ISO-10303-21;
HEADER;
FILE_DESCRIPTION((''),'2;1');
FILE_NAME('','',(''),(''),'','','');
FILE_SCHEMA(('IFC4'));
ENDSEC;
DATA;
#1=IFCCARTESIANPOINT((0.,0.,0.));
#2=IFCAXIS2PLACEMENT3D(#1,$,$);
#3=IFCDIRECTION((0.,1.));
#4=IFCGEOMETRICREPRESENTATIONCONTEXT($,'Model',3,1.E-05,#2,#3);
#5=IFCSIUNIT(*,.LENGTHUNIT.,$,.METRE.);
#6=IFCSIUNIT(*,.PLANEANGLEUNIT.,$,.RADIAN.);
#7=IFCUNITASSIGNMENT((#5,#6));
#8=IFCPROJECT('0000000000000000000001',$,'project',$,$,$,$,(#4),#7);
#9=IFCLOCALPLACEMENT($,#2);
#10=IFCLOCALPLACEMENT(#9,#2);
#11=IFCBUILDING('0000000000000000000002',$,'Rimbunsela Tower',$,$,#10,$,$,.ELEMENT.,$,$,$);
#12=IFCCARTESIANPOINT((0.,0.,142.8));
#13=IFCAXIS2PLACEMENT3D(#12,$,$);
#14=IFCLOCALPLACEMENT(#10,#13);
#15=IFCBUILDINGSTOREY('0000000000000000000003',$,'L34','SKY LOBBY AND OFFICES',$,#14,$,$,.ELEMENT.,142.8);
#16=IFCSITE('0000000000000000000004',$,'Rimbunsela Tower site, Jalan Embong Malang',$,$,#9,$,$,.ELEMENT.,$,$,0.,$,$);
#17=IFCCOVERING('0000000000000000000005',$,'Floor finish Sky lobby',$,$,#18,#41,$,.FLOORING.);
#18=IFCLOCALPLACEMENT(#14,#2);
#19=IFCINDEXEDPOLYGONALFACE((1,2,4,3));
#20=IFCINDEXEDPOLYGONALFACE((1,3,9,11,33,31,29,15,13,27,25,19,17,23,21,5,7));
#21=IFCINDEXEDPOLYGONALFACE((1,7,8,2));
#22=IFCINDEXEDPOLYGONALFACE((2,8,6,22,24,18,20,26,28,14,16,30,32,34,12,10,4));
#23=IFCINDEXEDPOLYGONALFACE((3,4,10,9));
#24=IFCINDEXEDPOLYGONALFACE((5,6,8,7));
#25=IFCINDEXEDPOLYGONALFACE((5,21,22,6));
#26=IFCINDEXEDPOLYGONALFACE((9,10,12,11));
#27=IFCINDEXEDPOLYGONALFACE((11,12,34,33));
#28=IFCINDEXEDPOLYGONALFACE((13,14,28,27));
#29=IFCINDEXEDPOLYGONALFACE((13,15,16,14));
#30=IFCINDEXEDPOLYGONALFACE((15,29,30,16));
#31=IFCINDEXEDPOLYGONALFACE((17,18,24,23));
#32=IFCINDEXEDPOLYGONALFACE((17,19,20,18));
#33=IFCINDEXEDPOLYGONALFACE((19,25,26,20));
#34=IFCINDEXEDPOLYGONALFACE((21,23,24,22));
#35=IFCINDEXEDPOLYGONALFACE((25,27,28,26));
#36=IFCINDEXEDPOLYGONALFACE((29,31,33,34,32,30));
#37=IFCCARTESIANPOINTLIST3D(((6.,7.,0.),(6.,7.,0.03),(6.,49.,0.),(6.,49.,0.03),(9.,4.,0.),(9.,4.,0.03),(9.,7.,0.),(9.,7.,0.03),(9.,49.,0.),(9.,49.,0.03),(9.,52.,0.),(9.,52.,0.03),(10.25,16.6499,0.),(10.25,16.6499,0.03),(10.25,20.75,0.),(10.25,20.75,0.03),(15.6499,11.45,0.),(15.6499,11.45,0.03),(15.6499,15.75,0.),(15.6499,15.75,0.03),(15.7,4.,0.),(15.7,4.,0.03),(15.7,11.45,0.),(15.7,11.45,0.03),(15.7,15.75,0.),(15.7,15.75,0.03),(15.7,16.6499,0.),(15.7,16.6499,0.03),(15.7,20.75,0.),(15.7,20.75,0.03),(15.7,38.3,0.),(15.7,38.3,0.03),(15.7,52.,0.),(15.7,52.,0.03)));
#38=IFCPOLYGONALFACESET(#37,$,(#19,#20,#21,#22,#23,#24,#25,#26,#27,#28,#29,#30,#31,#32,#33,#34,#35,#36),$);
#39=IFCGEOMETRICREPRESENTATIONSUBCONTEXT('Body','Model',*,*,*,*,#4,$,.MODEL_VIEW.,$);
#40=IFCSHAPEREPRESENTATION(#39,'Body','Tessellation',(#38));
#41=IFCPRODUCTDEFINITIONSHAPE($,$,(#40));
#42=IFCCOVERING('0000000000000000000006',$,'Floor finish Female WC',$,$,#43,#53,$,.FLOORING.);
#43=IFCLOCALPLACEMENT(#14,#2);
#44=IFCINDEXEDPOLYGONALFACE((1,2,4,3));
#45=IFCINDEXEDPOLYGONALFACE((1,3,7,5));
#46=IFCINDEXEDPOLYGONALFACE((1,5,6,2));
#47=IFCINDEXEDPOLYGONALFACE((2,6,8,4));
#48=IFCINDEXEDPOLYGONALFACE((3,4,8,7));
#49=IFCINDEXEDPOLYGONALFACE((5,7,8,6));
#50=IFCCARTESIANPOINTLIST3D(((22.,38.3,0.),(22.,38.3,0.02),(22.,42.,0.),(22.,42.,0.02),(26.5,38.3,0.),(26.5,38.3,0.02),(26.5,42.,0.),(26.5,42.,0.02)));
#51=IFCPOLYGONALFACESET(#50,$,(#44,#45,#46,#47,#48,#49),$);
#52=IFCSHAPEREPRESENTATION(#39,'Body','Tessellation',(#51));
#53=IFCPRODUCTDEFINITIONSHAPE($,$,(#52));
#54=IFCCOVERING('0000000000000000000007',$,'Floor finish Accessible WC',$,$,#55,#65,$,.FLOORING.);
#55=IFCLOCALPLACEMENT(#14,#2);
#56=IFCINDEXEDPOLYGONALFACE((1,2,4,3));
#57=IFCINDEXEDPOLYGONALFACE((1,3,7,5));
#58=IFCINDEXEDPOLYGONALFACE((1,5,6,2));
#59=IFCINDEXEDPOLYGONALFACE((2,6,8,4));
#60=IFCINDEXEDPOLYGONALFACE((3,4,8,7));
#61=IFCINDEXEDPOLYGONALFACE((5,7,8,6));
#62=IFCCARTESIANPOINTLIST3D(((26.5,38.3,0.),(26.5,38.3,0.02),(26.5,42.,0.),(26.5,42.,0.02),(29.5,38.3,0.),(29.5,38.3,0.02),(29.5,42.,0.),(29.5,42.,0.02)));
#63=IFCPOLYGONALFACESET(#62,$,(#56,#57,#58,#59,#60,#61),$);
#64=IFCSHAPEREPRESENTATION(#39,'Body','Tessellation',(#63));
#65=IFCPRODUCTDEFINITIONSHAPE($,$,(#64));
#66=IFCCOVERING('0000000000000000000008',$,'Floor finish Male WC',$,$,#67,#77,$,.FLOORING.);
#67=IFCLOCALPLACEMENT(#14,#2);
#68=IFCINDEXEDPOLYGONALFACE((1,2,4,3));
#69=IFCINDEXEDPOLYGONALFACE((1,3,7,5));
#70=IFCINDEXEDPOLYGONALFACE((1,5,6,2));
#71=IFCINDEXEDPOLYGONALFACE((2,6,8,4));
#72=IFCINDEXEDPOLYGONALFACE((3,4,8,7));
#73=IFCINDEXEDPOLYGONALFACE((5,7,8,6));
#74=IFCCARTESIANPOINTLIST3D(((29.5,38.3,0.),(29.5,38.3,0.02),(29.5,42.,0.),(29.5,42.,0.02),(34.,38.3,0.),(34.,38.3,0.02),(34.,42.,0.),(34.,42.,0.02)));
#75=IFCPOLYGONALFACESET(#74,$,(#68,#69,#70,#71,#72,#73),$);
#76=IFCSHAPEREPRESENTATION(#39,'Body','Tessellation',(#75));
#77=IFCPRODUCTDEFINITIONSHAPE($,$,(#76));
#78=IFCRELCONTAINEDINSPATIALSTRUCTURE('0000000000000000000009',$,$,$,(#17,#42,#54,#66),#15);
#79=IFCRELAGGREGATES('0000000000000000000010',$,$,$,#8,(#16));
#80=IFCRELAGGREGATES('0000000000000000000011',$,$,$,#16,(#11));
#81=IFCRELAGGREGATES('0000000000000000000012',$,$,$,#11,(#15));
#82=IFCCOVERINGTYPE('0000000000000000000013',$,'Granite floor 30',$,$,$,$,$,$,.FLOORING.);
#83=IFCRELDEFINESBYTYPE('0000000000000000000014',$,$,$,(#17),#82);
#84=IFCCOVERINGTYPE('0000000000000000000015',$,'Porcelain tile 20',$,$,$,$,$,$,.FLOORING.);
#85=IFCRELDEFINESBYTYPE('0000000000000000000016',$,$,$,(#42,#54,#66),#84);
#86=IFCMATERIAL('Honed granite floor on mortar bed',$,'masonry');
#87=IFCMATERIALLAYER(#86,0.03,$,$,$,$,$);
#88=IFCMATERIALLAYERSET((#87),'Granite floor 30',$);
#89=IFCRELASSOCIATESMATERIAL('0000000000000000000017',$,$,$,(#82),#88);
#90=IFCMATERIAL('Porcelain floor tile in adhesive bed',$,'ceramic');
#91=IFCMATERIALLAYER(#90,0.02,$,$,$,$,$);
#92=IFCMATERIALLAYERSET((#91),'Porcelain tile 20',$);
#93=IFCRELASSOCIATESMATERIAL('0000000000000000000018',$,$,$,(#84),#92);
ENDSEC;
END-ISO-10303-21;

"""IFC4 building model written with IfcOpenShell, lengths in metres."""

from ifc_helpers import new_model, si_unit, direction, frame, origin, place, context, subcontext, project, spatial, polyline, outline, extrude, material, layer, layer_set, type_object, element, save


model = new_model("IFC4")

# Units and contexts
model_context = context("Model", 3, precision=1e-05, world=origin(), true_north=direction((0.0, 1.0)))
body_context = subcontext(model_context, "Body", "Model", "MODEL_VIEW")
ifc_project = project(units=[si_unit("LENGTHUNIT", "METRE"), si_unit("PLANEANGLEUNIT", "RADIAN")], contexts=[model_context])

# Site, building, storey
site_placement = place(None, origin())
site = spatial("IfcSite", under=ifc_project, at=site_placement, Name="Rimbunsela Tower site, Jalan Embong Malang", CompositionType="ELEMENT", RefElevation=0.0)
building_placement = place(site_placement, origin())
building = spatial("IfcBuilding", under=site, at=building_placement, Name="Rimbunsela Tower", CompositionType="ELEMENT")
storey_placement = place(building_placement, frame((0.0, 0.0, 142.8)))
storey = spatial("IfcBuildingStorey", under=building, at=storey_placement, Name="L34", Description="SKY LOBBY AND OFFICES", CompositionType="ELEMENT", Elevation=142.8)

# Coverings
ifc_material_1 = material(Name="Honed granite floor on mortar bed", Category="masonry")
ifc_layer_1 = layer(ifc_material_1, 0.03)
ifc_layer_set_1 = layer_set([ifc_layer_1], Name="Granite floor 30")
covering_type_1 = type_object("IfcCoveringType", Name="Granite floor 30", PredefinedType="FLOORING", material=ifc_layer_set_1)
covering_1_placement = place(storey_placement, origin())
element("IfcCovering", 1, at=covering_1_placement, inside=storey, type_object=covering_type_1, Name="Floor finish Sky lobby", PredefinedType="FLOORING", context=body_context, shape_type="SweptSolid", body=[
    extrude(outline(polyline([(15.7, 52.0), (15.7, 38.3), (15.7, 20.75), (10.25, 20.75), (10.25, 16.6499), (15.7, 16.6499), (15.7, 15.75), (15.6499, 15.75), (15.6499, 11.45), (15.7, 11.45), (15.7, 4.0), (9.0, 4.0), (9.0, 7.0), (6.0, 7.0), (6.0, 49.0), (9.0, 49.0), (9.0, 52.0), (15.7, 52.0)])), origin(), (0.0, 0.0, 1.0), 0.03),
])
ifc_material_2 = material(Name="Porcelain floor tile in adhesive bed", Category="ceramic")
ifc_layer_2 = layer(ifc_material_2, 0.02)
ifc_layer_set_2 = layer_set([ifc_layer_2], Name="Porcelain tile 20")
covering_type_2 = type_object("IfcCoveringType", Name="Porcelain tile 20", PredefinedType="FLOORING", material=ifc_layer_set_2)
covering_2_placement = place(storey_placement, origin())
element("IfcCovering", 2, at=covering_2_placement, inside=storey, type_object=covering_type_2, Name="Floor finish Female WC", PredefinedType="FLOORING", context=body_context, shape_type="SweptSolid", body=[
    extrude(outline(polyline([(26.5, 38.3), (26.5, 42.0), (22.0, 42.0), (22.0, 38.3), (26.5, 38.3)])), origin(), (0.0, 0.0, 1.0), 0.02),
])
covering_3_placement = place(storey_placement, origin())
element("IfcCovering", 3, at=covering_3_placement, inside=storey, type_object=covering_type_2, Name="Floor finish Accessible WC", PredefinedType="FLOORING", context=body_context, shape_type="SweptSolid", body=[
    extrude(outline(polyline([(29.5, 38.3), (29.5, 42.0), (26.5, 42.0), (26.5, 38.3), (29.5, 38.3)])), origin(), (0.0, 0.0, 1.0), 0.02),
])
covering_4_placement = place(storey_placement, origin())
element("IfcCovering", 4, at=covering_4_placement, inside=storey, type_object=covering_type_2, Name="Floor finish Male WC", PredefinedType="FLOORING", context=body_context, shape_type="SweptSolid", body=[
    extrude(outline(polyline([(34.0, 38.3), (34.0, 42.0), (29.5, 42.0), (29.5, 38.3), (34.0, 38.3)])), origin(), (0.0, 0.0, 1.0), 0.02),
])

save(model, "model.ifc")
